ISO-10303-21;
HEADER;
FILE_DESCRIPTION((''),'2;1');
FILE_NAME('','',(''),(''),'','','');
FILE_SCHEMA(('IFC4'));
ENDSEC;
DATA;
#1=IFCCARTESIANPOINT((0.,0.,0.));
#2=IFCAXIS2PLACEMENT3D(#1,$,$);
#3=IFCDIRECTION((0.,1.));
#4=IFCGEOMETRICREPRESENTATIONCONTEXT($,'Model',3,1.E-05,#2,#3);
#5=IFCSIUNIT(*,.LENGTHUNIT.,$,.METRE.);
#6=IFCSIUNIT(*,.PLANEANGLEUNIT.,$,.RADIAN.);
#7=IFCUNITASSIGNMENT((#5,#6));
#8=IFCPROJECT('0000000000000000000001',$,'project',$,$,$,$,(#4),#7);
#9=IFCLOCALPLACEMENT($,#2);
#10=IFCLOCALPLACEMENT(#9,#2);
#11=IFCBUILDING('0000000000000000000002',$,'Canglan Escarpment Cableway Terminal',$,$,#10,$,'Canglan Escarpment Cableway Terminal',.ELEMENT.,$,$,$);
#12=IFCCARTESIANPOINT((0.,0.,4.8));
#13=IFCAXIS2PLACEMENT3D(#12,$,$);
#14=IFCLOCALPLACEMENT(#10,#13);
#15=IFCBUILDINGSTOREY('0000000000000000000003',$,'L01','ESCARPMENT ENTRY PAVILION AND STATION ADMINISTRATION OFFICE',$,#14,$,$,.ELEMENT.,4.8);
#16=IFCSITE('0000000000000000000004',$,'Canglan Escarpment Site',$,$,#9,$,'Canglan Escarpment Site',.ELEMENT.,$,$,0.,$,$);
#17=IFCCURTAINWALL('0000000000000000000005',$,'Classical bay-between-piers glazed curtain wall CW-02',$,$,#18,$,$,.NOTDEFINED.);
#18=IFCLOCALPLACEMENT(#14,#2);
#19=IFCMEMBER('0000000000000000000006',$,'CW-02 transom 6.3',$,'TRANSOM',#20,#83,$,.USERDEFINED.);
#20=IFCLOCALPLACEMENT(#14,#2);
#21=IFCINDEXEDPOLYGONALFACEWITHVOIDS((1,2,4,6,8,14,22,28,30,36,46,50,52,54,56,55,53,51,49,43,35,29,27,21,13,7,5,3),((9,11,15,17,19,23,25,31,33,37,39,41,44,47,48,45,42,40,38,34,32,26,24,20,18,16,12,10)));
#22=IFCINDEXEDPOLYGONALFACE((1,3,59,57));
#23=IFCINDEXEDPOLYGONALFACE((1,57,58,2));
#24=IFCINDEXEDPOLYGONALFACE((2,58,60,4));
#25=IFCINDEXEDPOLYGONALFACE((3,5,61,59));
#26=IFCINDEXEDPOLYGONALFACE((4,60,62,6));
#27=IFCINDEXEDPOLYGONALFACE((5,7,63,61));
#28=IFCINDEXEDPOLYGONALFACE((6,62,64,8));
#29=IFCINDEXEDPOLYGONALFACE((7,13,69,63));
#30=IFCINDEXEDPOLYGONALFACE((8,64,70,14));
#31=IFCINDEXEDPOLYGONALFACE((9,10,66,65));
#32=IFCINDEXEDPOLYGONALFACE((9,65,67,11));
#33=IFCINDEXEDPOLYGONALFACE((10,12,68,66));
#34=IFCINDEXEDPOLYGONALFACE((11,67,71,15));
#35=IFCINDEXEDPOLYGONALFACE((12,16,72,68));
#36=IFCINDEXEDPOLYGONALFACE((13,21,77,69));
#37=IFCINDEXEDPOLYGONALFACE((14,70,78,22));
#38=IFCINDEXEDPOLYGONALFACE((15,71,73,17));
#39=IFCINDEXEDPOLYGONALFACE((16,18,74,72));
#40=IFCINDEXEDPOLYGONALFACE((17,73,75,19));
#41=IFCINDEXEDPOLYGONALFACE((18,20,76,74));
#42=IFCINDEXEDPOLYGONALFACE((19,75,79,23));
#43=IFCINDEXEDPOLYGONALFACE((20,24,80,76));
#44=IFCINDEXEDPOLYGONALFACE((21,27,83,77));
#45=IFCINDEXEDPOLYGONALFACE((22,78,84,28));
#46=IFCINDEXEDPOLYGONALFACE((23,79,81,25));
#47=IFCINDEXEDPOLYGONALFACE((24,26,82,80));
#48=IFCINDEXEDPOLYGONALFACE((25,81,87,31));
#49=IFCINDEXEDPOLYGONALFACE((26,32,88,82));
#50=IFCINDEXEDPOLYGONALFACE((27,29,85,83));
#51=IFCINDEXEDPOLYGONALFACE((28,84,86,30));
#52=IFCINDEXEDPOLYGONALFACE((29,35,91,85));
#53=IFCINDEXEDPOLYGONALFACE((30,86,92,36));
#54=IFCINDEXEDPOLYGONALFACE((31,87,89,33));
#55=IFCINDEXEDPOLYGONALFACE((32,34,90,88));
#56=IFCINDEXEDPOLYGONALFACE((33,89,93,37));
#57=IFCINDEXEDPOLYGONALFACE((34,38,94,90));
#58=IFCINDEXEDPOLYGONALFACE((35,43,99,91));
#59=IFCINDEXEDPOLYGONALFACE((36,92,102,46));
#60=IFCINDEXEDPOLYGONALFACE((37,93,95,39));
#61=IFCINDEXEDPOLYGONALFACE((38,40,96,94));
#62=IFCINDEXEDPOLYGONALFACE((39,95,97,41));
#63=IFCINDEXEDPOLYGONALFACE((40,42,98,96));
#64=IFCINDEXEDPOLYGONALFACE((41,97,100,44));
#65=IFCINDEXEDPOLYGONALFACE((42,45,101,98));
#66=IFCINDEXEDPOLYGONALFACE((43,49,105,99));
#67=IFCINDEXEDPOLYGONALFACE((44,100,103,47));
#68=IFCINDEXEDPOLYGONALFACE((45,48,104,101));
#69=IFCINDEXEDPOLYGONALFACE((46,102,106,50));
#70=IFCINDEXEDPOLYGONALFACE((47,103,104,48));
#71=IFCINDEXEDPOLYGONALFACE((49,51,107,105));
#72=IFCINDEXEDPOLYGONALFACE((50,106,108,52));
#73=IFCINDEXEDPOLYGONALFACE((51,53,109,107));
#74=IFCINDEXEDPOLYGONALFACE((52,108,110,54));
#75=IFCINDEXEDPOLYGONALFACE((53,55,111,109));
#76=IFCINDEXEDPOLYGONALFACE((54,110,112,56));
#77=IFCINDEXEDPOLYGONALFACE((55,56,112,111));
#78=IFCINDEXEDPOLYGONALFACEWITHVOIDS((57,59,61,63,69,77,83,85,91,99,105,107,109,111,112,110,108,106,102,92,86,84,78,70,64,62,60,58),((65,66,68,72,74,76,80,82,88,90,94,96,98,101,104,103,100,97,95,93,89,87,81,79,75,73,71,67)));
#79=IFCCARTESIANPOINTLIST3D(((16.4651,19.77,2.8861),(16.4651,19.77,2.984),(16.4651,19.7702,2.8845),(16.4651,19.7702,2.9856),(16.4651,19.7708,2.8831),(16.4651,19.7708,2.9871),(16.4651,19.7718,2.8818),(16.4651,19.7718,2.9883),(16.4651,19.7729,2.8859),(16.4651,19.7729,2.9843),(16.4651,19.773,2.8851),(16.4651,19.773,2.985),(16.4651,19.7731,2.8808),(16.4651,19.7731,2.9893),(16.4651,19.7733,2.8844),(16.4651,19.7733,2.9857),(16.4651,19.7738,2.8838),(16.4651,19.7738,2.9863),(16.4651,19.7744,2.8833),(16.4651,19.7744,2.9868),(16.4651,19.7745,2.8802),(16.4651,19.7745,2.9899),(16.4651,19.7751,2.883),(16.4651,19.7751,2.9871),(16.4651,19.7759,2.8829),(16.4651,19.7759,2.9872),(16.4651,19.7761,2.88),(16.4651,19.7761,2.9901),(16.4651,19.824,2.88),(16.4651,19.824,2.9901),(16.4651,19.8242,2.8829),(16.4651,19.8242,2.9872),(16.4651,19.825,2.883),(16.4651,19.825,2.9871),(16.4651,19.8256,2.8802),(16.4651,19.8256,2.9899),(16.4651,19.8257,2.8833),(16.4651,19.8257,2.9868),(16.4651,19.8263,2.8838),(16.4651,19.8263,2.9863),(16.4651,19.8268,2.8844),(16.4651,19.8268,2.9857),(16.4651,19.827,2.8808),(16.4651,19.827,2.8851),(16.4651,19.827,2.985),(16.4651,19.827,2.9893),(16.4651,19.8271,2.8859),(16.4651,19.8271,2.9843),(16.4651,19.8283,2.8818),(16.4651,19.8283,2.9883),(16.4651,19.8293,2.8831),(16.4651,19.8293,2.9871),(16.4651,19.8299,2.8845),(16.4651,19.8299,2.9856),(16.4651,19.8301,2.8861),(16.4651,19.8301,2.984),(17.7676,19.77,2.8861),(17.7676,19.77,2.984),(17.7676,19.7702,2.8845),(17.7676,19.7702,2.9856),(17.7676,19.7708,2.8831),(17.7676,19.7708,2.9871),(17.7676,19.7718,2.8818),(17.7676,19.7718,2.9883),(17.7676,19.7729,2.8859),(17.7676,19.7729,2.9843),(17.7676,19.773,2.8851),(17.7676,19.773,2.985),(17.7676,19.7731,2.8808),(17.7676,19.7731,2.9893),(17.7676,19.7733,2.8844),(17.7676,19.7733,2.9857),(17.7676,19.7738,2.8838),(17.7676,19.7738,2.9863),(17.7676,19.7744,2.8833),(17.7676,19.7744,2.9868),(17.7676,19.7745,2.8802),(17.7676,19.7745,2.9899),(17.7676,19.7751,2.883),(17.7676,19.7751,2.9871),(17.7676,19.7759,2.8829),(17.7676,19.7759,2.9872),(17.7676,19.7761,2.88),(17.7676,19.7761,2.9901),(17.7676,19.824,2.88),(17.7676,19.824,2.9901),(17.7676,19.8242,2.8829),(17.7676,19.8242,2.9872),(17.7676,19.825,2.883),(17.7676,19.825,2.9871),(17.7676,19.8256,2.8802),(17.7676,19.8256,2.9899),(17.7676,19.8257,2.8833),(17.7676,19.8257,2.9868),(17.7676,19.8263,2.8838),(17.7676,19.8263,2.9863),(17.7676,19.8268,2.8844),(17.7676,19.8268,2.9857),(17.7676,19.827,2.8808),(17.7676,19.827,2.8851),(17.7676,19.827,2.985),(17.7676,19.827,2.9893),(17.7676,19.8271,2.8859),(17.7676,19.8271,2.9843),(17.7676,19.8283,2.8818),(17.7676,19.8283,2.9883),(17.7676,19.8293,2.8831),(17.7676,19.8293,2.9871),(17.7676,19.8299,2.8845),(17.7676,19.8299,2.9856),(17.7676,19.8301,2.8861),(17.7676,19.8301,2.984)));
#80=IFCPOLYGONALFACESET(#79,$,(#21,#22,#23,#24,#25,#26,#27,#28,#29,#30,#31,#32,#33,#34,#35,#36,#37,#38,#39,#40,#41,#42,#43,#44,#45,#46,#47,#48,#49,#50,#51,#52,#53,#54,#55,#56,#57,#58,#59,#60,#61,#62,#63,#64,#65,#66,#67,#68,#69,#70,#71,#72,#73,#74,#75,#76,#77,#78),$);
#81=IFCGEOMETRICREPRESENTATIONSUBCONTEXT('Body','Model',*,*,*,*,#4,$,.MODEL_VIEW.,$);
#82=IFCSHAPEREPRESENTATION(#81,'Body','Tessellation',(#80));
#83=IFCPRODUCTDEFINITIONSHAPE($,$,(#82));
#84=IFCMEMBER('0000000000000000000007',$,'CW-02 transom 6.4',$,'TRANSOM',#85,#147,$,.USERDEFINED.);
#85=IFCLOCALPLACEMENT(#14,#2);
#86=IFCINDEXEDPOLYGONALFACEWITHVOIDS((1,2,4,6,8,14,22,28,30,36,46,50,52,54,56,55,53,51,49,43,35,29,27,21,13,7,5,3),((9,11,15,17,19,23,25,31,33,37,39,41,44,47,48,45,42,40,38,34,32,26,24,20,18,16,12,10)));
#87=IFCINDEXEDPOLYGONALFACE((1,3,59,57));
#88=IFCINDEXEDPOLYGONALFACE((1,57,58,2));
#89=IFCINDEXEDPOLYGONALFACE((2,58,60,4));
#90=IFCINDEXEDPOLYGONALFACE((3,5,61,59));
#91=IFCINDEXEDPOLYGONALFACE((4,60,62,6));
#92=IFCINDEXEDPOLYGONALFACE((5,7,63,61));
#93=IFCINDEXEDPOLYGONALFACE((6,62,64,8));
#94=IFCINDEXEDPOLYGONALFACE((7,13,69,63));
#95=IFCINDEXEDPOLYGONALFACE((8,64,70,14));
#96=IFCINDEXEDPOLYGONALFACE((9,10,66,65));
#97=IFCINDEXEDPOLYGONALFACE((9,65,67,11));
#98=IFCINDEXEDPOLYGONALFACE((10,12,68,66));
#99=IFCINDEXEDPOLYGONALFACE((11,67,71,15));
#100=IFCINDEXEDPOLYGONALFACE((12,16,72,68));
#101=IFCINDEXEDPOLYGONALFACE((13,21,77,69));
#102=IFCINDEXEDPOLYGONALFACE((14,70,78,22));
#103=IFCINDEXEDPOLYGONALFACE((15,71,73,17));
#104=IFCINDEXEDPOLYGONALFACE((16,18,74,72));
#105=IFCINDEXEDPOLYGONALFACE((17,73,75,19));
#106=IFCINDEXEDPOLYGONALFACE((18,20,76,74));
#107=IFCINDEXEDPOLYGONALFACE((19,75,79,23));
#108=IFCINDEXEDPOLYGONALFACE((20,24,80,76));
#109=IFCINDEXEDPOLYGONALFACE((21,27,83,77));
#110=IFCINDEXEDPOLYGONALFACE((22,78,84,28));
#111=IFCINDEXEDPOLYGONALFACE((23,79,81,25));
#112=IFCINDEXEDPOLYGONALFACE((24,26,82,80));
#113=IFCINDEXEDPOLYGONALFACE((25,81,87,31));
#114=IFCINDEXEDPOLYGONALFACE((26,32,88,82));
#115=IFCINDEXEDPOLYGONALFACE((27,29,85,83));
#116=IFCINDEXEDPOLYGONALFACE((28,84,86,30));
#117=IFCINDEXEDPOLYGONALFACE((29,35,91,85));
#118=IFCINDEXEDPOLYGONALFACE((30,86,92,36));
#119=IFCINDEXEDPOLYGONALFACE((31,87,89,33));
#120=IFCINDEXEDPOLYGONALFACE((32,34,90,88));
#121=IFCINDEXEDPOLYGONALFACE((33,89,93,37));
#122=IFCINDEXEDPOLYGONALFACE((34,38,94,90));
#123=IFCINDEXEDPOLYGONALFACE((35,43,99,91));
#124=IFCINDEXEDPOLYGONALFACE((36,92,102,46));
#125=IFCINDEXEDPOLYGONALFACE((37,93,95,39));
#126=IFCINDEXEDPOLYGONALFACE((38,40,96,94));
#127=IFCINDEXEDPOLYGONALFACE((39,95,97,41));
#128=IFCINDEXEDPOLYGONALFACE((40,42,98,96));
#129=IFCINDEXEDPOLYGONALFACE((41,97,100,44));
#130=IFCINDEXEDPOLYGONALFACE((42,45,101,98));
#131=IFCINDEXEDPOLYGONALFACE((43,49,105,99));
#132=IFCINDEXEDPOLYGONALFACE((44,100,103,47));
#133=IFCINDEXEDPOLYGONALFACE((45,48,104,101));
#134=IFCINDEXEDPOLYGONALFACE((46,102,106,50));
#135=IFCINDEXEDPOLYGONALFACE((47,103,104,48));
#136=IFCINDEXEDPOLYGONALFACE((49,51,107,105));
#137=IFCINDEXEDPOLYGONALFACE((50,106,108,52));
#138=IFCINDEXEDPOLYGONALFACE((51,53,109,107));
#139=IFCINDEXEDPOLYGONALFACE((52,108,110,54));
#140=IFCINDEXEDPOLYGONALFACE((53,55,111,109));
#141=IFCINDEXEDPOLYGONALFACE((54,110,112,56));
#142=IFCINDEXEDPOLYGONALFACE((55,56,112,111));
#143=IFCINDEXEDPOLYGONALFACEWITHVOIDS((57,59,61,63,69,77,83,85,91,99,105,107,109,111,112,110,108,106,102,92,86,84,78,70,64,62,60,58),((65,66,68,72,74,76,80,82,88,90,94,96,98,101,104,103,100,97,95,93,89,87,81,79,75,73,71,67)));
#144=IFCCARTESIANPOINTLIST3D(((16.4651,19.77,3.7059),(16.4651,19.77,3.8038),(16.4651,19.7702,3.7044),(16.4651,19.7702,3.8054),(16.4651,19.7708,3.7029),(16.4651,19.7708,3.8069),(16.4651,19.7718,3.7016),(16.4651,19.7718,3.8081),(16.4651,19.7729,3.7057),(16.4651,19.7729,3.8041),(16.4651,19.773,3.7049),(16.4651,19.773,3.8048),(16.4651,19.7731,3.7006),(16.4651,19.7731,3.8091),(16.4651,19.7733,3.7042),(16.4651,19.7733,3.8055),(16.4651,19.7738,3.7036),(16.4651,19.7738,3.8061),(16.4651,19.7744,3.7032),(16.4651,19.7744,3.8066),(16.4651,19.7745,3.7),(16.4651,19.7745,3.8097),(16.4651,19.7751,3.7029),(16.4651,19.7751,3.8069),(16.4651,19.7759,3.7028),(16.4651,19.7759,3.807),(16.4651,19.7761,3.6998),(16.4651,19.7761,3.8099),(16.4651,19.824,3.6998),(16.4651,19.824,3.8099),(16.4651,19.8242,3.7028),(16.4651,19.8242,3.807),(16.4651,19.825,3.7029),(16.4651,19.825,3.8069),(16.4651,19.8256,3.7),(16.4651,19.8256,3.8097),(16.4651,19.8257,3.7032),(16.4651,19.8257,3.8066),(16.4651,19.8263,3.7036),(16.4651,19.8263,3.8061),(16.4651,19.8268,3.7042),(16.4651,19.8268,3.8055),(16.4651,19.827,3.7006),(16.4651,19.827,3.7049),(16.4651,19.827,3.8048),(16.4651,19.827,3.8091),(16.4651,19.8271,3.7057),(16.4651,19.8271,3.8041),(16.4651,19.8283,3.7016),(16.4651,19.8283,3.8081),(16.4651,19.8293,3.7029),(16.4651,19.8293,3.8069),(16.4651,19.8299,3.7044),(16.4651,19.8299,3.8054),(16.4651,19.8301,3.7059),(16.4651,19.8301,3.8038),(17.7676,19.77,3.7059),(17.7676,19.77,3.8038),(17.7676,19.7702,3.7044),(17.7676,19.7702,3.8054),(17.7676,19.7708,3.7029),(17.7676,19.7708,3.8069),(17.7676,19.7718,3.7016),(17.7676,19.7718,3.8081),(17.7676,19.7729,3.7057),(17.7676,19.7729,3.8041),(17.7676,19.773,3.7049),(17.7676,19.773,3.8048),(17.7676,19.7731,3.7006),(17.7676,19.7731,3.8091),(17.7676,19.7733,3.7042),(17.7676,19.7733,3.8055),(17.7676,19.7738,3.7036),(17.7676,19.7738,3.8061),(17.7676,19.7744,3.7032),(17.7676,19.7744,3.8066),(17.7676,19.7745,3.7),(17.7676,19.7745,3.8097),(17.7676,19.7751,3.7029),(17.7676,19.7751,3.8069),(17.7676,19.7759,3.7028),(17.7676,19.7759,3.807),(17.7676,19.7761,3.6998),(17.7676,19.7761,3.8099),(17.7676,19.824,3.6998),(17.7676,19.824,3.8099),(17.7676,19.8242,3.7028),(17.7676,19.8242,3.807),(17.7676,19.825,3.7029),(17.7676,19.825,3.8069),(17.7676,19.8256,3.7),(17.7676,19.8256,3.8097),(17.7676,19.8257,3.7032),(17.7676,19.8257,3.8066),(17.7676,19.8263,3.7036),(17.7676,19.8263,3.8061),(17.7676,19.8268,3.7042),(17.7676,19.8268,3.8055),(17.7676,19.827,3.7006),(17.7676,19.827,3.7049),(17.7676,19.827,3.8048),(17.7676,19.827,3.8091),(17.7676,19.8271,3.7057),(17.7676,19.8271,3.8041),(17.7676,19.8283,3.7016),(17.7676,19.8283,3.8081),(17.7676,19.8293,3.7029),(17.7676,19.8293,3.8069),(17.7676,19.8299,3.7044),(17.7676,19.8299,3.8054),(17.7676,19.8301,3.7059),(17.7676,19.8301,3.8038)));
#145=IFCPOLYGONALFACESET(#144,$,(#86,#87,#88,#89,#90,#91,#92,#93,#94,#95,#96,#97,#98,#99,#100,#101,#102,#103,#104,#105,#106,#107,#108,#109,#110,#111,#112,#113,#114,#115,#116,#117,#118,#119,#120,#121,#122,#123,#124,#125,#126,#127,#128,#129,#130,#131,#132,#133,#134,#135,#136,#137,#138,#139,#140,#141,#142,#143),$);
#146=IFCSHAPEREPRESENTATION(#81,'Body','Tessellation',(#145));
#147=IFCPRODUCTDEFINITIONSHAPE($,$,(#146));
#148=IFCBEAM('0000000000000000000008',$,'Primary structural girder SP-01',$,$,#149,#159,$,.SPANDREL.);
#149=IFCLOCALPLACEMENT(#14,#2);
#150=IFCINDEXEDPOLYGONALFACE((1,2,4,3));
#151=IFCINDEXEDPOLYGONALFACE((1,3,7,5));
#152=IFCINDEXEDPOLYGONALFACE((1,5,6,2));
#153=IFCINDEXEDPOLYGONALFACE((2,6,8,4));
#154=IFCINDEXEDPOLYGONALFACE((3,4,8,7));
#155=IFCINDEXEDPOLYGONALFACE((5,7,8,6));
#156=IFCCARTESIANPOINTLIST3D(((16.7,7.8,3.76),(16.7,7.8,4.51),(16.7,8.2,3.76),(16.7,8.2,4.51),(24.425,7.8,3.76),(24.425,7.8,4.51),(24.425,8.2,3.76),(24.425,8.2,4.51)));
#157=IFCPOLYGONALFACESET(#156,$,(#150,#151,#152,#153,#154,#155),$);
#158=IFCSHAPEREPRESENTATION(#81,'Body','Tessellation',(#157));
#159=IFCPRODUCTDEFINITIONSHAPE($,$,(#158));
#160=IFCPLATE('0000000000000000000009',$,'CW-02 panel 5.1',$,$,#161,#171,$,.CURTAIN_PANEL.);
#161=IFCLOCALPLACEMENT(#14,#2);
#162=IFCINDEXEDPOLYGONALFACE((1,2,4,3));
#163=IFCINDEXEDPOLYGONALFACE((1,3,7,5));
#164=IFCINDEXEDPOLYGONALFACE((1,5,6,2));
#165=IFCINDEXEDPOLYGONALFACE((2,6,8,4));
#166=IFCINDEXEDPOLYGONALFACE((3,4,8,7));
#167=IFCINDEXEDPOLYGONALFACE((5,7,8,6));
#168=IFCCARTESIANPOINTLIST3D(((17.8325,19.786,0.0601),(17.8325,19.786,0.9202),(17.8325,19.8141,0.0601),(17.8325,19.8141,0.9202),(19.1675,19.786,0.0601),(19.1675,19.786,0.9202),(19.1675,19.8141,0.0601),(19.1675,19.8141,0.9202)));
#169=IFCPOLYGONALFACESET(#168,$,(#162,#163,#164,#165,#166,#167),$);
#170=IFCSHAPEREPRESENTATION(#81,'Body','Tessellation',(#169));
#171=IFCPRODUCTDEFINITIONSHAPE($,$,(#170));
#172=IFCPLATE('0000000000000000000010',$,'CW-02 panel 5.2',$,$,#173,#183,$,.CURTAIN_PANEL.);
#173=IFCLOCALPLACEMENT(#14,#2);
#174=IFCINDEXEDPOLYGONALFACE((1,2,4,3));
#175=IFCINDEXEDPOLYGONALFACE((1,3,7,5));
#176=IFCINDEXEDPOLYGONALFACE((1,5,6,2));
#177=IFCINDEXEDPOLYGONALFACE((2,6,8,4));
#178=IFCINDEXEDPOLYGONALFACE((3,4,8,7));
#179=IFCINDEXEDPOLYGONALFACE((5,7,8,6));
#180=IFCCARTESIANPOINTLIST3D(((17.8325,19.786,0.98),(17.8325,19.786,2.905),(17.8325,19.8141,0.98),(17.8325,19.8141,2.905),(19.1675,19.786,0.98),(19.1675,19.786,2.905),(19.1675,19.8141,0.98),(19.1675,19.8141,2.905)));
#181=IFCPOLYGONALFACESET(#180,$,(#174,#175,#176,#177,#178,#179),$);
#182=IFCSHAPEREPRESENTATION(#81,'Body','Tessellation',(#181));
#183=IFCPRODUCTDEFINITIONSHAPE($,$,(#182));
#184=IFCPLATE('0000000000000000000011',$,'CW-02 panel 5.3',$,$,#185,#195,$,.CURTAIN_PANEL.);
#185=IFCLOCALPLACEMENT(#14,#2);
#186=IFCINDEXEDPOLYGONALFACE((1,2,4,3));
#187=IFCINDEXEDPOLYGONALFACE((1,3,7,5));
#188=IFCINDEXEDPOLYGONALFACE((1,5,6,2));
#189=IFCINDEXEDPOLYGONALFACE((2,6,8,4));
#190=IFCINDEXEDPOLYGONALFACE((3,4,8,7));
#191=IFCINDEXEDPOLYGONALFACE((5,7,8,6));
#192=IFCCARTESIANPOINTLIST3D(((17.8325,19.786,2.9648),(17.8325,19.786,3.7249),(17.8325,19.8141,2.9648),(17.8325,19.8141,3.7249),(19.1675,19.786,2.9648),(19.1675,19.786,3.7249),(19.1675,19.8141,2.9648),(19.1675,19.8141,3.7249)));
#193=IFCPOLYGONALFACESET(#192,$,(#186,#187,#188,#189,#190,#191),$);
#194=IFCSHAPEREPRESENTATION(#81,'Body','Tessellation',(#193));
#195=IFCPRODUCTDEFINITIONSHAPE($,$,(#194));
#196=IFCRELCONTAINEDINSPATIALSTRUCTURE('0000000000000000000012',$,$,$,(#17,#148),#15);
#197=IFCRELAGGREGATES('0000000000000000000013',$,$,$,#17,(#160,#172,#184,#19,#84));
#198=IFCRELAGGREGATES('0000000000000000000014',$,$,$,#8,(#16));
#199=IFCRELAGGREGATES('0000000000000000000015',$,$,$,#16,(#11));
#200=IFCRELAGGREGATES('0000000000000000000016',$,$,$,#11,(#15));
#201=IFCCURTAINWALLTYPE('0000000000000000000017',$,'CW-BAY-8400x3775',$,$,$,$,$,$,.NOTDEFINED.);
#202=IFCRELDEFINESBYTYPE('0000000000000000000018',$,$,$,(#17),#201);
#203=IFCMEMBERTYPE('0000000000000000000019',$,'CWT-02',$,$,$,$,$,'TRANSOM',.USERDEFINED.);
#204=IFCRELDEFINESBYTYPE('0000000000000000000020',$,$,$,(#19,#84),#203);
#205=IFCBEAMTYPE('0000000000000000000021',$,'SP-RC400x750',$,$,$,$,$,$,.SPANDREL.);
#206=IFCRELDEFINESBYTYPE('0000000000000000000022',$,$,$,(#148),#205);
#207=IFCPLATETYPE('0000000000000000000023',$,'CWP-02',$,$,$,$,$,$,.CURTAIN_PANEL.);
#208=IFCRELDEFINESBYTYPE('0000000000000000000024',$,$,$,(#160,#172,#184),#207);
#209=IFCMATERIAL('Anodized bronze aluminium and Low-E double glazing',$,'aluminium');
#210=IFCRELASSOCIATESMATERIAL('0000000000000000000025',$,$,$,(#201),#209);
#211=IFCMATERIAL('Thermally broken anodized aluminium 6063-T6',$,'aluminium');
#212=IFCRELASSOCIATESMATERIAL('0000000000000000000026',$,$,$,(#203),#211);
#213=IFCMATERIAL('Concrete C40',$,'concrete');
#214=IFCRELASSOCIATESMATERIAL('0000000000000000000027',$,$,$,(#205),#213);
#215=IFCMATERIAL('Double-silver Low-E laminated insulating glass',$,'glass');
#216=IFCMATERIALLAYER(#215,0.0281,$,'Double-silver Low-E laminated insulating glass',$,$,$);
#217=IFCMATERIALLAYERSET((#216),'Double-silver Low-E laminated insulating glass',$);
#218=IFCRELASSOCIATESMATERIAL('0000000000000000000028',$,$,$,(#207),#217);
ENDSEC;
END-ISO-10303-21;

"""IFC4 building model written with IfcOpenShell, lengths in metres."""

from ifc_helpers import new_model, si_unit, direction, frame, origin, origin_2d, place, context, subcontext, project, spatial, rectangle, hollow_rectangle, extrude, material, layer, layer_set, material_profile, profile_set, type_object, element, aggregate, save


model = new_model("IFC4")

# Units and contexts
model_context = context("Model", 3, precision=1e-05, world=origin(), true_north=direction((0.0, 1.0)))
body_context = subcontext(model_context, "Body", "Model", "MODEL_VIEW")
ifc_project = project(units=[si_unit("LENGTHUNIT", "METRE"), si_unit("PLANEANGLEUNIT", "RADIAN")], contexts=[model_context])

# Site, building, storey
site_placement = place(None, origin())
site = spatial("IfcSite", under=ifc_project, at=site_placement, Name="Canglan Escarpment Site", LongName="Canglan Escarpment Site", CompositionType="ELEMENT", RefElevation=0.0)
building_placement = place(site_placement, origin())
building = spatial("IfcBuilding", under=site, at=building_placement, Name="Canglan Escarpment Cableway Terminal", LongName="Canglan Escarpment Cableway Terminal", CompositionType="ELEMENT")
storey_placement = place(building_placement, frame((0.0, 0.0, 4.8)))
storey = spatial("IfcBuildingStorey", under=building, at=storey_placement, Name="L01", Description="ESCARPMENT ENTRY PAVILION AND STATION ADMINISTRATION OFFICE", CompositionType="ELEMENT", Elevation=4.8)

# Shared definitions
ifc_material_1 = material(Name="Concrete C40", Category="concrete")

# Curtain wall, members
ifc_material_2 = material(Name="Anodized bronze aluminium and Low-E double glazing", Category="aluminium")
curtain_wall_type = type_object("IfcCurtainWallType", Name="CW-BAY-8400x3775", PredefinedType="NOTDEFINED", material=ifc_material_2)
curtain_wall_placement = place(storey_placement, origin())
curtain_wall = element("IfcCurtainWall", 1, at=curtain_wall_placement, inside=storey, type_object=curtain_wall_type, Name="Classical bay-between-piers glazed curtain wall CW-02", PredefinedType="NOTDEFINED")
ifc_material_3 = material(Name="Thermally broken anodized aluminium 6063-T6", Category="aluminium")
ifc_material_profile_1 = material_profile(ifc_material_3, hollow_rectangle(XDim=0.0601, YDim=0.1101, WallThickness=0.0029, InnerFilletRadius=0.0029, OuterFilletRadius=0.0061, at=origin_2d()), Name="ALU-TRAN 60x110x3")
ifc_profile_set_1 = profile_set([ifc_material_profile_1], Name="Thermally broken anodized aluminium 6063-T6")
member_type_1 = type_object("IfcMemberType", Name="CWT-02", ElementType="TRANSOM", PredefinedType="USERDEFINED", material=ifc_profile_set_1)
member_1_placement = place(storey_placement, frame((17.7676, 19.8, 2.9351), z_axis=(-1.0, 0.0, 0.0), x_axis=(0.0, -1.0, 0.0)))
member_1 = element("IfcMember", 2, at=member_1_placement, type_object=member_type_1, Name="CW-02 transom 6.3", ObjectType="TRANSOM", PredefinedType="USERDEFINED", context=body_context, shape_type="SweptSolid", body=[
    extrude(hollow_rectangle(XDim=0.0601, YDim=0.1101, WallThickness=0.0029, InnerFilletRadius=0.0029, OuterFilletRadius=0.0061, at=origin_2d()), origin(), (0.0, 0.0, 1.0), 1.3025),
])
member_2_placement = place(storey_placement, frame((17.7676, 19.8, 3.7549), z_axis=(-1.0, 0.0, 0.0), x_axis=(0.0, -1.0, 0.0)))
member_2 = element("IfcMember", 3, at=member_2_placement, type_object=member_type_1, Name="CW-02 transom 6.4", ObjectType="TRANSOM", PredefinedType="USERDEFINED", context=body_context, shape_type="SweptSolid", body=[
    extrude(hollow_rectangle(XDim=0.0601, YDim=0.1101, WallThickness=0.0029, InnerFilletRadius=0.0029, OuterFilletRadius=0.0061, at=origin_2d()), origin(), (0.0, 0.0, 1.0), 1.3025),
])

# Beam
ifc_material_profile_2 = material_profile(ifc_material_1, rectangle(XDim=0.3999, YDim=0.75, at=origin_2d()), Name="RC 400x750")
ifc_profile_set_2 = profile_set([ifc_material_profile_2], Name="Concrete C40")
beam_type_1 = type_object("IfcBeamType", Name="SP-RC400x750", PredefinedType="SPANDREL", material=ifc_profile_set_2)
beam_1_placement = place(storey_placement, frame((16.7, 8.0, 4.135), z_axis=(1.0, 0.0, 0.0), x_axis=(0.0, 1.0, 0.0)))
element("IfcBeam", 4, at=beam_1_placement, inside=storey, type_object=beam_type_1, Name="Primary structural girder SP-01", PredefinedType="SPANDREL", context=body_context, shape_type="SweptSolid", body=[
    extrude(rectangle(XDim=0.3999, YDim=0.75, at=origin_2d()), origin(), (0.0, 0.0, 1.0), 7.7251),
])

# Plates
ifc_material_4 = material(Name="Double-silver Low-E laminated insulating glass", Category="glass")
ifc_layer_1 = layer(ifc_material_4, 0.0281, Name="Double-silver Low-E laminated insulating glass")
ifc_layer_set_1 = layer_set([ifc_layer_1], Name="Double-silver Low-E laminated insulating glass")
plate_type = type_object("IfcPlateType", Name="CWP-02", PredefinedType="CURTAIN_PANEL", material=ifc_layer_set_1)
plate_1_placement = place(storey_placement, frame((18.5, 19.8, 0.0601), z_axis=(0.0, 0.0, 1.0), x_axis=(-1.0, 0.0, 0.0)))
plate_1 = element("IfcPlate", 5, at=plate_1_placement, type_object=plate_type, Name="CW-02 panel 5.1", PredefinedType="CURTAIN_PANEL", context=body_context, shape_type="SweptSolid", body=[
    extrude(rectangle(XDim=1.335, YDim=0.0281, at=origin_2d()), origin(), (0.0, 0.0, 1.0), 0.8601),
])
plate_2_placement = place(storey_placement, frame((18.5, 19.8, 0.98), z_axis=(0.0, 0.0, 1.0), x_axis=(-1.0, 0.0, 0.0)))
plate_2 = element("IfcPlate", 6, at=plate_2_placement, type_object=plate_type, Name="CW-02 panel 5.2", PredefinedType="CURTAIN_PANEL", context=body_context, shape_type="SweptSolid", body=[
    extrude(rectangle(XDim=1.335, YDim=0.0281, at=origin_2d()), origin(), (0.0, 0.0, 1.0), 1.925),
])
plate_3_placement = place(storey_placement, frame((18.5, 19.8, 2.9648), z_axis=(0.0, 0.0, 1.0), x_axis=(-1.0, 0.0, 0.0)))
plate_3 = element("IfcPlate", 7, at=plate_3_placement, type_object=plate_type, Name="CW-02 panel 5.3", PredefinedType="CURTAIN_PANEL", context=body_context, shape_type="SweptSolid", body=[
    extrude(rectangle(XDim=1.335, YDim=0.0281, at=origin_2d()), origin(), (0.0, 0.0, 1.0), 0.76),
])
aggregate(curtain_wall, [plate_1, plate_2, plate_3, member_1, member_2])

save(model, "model.ifc")
